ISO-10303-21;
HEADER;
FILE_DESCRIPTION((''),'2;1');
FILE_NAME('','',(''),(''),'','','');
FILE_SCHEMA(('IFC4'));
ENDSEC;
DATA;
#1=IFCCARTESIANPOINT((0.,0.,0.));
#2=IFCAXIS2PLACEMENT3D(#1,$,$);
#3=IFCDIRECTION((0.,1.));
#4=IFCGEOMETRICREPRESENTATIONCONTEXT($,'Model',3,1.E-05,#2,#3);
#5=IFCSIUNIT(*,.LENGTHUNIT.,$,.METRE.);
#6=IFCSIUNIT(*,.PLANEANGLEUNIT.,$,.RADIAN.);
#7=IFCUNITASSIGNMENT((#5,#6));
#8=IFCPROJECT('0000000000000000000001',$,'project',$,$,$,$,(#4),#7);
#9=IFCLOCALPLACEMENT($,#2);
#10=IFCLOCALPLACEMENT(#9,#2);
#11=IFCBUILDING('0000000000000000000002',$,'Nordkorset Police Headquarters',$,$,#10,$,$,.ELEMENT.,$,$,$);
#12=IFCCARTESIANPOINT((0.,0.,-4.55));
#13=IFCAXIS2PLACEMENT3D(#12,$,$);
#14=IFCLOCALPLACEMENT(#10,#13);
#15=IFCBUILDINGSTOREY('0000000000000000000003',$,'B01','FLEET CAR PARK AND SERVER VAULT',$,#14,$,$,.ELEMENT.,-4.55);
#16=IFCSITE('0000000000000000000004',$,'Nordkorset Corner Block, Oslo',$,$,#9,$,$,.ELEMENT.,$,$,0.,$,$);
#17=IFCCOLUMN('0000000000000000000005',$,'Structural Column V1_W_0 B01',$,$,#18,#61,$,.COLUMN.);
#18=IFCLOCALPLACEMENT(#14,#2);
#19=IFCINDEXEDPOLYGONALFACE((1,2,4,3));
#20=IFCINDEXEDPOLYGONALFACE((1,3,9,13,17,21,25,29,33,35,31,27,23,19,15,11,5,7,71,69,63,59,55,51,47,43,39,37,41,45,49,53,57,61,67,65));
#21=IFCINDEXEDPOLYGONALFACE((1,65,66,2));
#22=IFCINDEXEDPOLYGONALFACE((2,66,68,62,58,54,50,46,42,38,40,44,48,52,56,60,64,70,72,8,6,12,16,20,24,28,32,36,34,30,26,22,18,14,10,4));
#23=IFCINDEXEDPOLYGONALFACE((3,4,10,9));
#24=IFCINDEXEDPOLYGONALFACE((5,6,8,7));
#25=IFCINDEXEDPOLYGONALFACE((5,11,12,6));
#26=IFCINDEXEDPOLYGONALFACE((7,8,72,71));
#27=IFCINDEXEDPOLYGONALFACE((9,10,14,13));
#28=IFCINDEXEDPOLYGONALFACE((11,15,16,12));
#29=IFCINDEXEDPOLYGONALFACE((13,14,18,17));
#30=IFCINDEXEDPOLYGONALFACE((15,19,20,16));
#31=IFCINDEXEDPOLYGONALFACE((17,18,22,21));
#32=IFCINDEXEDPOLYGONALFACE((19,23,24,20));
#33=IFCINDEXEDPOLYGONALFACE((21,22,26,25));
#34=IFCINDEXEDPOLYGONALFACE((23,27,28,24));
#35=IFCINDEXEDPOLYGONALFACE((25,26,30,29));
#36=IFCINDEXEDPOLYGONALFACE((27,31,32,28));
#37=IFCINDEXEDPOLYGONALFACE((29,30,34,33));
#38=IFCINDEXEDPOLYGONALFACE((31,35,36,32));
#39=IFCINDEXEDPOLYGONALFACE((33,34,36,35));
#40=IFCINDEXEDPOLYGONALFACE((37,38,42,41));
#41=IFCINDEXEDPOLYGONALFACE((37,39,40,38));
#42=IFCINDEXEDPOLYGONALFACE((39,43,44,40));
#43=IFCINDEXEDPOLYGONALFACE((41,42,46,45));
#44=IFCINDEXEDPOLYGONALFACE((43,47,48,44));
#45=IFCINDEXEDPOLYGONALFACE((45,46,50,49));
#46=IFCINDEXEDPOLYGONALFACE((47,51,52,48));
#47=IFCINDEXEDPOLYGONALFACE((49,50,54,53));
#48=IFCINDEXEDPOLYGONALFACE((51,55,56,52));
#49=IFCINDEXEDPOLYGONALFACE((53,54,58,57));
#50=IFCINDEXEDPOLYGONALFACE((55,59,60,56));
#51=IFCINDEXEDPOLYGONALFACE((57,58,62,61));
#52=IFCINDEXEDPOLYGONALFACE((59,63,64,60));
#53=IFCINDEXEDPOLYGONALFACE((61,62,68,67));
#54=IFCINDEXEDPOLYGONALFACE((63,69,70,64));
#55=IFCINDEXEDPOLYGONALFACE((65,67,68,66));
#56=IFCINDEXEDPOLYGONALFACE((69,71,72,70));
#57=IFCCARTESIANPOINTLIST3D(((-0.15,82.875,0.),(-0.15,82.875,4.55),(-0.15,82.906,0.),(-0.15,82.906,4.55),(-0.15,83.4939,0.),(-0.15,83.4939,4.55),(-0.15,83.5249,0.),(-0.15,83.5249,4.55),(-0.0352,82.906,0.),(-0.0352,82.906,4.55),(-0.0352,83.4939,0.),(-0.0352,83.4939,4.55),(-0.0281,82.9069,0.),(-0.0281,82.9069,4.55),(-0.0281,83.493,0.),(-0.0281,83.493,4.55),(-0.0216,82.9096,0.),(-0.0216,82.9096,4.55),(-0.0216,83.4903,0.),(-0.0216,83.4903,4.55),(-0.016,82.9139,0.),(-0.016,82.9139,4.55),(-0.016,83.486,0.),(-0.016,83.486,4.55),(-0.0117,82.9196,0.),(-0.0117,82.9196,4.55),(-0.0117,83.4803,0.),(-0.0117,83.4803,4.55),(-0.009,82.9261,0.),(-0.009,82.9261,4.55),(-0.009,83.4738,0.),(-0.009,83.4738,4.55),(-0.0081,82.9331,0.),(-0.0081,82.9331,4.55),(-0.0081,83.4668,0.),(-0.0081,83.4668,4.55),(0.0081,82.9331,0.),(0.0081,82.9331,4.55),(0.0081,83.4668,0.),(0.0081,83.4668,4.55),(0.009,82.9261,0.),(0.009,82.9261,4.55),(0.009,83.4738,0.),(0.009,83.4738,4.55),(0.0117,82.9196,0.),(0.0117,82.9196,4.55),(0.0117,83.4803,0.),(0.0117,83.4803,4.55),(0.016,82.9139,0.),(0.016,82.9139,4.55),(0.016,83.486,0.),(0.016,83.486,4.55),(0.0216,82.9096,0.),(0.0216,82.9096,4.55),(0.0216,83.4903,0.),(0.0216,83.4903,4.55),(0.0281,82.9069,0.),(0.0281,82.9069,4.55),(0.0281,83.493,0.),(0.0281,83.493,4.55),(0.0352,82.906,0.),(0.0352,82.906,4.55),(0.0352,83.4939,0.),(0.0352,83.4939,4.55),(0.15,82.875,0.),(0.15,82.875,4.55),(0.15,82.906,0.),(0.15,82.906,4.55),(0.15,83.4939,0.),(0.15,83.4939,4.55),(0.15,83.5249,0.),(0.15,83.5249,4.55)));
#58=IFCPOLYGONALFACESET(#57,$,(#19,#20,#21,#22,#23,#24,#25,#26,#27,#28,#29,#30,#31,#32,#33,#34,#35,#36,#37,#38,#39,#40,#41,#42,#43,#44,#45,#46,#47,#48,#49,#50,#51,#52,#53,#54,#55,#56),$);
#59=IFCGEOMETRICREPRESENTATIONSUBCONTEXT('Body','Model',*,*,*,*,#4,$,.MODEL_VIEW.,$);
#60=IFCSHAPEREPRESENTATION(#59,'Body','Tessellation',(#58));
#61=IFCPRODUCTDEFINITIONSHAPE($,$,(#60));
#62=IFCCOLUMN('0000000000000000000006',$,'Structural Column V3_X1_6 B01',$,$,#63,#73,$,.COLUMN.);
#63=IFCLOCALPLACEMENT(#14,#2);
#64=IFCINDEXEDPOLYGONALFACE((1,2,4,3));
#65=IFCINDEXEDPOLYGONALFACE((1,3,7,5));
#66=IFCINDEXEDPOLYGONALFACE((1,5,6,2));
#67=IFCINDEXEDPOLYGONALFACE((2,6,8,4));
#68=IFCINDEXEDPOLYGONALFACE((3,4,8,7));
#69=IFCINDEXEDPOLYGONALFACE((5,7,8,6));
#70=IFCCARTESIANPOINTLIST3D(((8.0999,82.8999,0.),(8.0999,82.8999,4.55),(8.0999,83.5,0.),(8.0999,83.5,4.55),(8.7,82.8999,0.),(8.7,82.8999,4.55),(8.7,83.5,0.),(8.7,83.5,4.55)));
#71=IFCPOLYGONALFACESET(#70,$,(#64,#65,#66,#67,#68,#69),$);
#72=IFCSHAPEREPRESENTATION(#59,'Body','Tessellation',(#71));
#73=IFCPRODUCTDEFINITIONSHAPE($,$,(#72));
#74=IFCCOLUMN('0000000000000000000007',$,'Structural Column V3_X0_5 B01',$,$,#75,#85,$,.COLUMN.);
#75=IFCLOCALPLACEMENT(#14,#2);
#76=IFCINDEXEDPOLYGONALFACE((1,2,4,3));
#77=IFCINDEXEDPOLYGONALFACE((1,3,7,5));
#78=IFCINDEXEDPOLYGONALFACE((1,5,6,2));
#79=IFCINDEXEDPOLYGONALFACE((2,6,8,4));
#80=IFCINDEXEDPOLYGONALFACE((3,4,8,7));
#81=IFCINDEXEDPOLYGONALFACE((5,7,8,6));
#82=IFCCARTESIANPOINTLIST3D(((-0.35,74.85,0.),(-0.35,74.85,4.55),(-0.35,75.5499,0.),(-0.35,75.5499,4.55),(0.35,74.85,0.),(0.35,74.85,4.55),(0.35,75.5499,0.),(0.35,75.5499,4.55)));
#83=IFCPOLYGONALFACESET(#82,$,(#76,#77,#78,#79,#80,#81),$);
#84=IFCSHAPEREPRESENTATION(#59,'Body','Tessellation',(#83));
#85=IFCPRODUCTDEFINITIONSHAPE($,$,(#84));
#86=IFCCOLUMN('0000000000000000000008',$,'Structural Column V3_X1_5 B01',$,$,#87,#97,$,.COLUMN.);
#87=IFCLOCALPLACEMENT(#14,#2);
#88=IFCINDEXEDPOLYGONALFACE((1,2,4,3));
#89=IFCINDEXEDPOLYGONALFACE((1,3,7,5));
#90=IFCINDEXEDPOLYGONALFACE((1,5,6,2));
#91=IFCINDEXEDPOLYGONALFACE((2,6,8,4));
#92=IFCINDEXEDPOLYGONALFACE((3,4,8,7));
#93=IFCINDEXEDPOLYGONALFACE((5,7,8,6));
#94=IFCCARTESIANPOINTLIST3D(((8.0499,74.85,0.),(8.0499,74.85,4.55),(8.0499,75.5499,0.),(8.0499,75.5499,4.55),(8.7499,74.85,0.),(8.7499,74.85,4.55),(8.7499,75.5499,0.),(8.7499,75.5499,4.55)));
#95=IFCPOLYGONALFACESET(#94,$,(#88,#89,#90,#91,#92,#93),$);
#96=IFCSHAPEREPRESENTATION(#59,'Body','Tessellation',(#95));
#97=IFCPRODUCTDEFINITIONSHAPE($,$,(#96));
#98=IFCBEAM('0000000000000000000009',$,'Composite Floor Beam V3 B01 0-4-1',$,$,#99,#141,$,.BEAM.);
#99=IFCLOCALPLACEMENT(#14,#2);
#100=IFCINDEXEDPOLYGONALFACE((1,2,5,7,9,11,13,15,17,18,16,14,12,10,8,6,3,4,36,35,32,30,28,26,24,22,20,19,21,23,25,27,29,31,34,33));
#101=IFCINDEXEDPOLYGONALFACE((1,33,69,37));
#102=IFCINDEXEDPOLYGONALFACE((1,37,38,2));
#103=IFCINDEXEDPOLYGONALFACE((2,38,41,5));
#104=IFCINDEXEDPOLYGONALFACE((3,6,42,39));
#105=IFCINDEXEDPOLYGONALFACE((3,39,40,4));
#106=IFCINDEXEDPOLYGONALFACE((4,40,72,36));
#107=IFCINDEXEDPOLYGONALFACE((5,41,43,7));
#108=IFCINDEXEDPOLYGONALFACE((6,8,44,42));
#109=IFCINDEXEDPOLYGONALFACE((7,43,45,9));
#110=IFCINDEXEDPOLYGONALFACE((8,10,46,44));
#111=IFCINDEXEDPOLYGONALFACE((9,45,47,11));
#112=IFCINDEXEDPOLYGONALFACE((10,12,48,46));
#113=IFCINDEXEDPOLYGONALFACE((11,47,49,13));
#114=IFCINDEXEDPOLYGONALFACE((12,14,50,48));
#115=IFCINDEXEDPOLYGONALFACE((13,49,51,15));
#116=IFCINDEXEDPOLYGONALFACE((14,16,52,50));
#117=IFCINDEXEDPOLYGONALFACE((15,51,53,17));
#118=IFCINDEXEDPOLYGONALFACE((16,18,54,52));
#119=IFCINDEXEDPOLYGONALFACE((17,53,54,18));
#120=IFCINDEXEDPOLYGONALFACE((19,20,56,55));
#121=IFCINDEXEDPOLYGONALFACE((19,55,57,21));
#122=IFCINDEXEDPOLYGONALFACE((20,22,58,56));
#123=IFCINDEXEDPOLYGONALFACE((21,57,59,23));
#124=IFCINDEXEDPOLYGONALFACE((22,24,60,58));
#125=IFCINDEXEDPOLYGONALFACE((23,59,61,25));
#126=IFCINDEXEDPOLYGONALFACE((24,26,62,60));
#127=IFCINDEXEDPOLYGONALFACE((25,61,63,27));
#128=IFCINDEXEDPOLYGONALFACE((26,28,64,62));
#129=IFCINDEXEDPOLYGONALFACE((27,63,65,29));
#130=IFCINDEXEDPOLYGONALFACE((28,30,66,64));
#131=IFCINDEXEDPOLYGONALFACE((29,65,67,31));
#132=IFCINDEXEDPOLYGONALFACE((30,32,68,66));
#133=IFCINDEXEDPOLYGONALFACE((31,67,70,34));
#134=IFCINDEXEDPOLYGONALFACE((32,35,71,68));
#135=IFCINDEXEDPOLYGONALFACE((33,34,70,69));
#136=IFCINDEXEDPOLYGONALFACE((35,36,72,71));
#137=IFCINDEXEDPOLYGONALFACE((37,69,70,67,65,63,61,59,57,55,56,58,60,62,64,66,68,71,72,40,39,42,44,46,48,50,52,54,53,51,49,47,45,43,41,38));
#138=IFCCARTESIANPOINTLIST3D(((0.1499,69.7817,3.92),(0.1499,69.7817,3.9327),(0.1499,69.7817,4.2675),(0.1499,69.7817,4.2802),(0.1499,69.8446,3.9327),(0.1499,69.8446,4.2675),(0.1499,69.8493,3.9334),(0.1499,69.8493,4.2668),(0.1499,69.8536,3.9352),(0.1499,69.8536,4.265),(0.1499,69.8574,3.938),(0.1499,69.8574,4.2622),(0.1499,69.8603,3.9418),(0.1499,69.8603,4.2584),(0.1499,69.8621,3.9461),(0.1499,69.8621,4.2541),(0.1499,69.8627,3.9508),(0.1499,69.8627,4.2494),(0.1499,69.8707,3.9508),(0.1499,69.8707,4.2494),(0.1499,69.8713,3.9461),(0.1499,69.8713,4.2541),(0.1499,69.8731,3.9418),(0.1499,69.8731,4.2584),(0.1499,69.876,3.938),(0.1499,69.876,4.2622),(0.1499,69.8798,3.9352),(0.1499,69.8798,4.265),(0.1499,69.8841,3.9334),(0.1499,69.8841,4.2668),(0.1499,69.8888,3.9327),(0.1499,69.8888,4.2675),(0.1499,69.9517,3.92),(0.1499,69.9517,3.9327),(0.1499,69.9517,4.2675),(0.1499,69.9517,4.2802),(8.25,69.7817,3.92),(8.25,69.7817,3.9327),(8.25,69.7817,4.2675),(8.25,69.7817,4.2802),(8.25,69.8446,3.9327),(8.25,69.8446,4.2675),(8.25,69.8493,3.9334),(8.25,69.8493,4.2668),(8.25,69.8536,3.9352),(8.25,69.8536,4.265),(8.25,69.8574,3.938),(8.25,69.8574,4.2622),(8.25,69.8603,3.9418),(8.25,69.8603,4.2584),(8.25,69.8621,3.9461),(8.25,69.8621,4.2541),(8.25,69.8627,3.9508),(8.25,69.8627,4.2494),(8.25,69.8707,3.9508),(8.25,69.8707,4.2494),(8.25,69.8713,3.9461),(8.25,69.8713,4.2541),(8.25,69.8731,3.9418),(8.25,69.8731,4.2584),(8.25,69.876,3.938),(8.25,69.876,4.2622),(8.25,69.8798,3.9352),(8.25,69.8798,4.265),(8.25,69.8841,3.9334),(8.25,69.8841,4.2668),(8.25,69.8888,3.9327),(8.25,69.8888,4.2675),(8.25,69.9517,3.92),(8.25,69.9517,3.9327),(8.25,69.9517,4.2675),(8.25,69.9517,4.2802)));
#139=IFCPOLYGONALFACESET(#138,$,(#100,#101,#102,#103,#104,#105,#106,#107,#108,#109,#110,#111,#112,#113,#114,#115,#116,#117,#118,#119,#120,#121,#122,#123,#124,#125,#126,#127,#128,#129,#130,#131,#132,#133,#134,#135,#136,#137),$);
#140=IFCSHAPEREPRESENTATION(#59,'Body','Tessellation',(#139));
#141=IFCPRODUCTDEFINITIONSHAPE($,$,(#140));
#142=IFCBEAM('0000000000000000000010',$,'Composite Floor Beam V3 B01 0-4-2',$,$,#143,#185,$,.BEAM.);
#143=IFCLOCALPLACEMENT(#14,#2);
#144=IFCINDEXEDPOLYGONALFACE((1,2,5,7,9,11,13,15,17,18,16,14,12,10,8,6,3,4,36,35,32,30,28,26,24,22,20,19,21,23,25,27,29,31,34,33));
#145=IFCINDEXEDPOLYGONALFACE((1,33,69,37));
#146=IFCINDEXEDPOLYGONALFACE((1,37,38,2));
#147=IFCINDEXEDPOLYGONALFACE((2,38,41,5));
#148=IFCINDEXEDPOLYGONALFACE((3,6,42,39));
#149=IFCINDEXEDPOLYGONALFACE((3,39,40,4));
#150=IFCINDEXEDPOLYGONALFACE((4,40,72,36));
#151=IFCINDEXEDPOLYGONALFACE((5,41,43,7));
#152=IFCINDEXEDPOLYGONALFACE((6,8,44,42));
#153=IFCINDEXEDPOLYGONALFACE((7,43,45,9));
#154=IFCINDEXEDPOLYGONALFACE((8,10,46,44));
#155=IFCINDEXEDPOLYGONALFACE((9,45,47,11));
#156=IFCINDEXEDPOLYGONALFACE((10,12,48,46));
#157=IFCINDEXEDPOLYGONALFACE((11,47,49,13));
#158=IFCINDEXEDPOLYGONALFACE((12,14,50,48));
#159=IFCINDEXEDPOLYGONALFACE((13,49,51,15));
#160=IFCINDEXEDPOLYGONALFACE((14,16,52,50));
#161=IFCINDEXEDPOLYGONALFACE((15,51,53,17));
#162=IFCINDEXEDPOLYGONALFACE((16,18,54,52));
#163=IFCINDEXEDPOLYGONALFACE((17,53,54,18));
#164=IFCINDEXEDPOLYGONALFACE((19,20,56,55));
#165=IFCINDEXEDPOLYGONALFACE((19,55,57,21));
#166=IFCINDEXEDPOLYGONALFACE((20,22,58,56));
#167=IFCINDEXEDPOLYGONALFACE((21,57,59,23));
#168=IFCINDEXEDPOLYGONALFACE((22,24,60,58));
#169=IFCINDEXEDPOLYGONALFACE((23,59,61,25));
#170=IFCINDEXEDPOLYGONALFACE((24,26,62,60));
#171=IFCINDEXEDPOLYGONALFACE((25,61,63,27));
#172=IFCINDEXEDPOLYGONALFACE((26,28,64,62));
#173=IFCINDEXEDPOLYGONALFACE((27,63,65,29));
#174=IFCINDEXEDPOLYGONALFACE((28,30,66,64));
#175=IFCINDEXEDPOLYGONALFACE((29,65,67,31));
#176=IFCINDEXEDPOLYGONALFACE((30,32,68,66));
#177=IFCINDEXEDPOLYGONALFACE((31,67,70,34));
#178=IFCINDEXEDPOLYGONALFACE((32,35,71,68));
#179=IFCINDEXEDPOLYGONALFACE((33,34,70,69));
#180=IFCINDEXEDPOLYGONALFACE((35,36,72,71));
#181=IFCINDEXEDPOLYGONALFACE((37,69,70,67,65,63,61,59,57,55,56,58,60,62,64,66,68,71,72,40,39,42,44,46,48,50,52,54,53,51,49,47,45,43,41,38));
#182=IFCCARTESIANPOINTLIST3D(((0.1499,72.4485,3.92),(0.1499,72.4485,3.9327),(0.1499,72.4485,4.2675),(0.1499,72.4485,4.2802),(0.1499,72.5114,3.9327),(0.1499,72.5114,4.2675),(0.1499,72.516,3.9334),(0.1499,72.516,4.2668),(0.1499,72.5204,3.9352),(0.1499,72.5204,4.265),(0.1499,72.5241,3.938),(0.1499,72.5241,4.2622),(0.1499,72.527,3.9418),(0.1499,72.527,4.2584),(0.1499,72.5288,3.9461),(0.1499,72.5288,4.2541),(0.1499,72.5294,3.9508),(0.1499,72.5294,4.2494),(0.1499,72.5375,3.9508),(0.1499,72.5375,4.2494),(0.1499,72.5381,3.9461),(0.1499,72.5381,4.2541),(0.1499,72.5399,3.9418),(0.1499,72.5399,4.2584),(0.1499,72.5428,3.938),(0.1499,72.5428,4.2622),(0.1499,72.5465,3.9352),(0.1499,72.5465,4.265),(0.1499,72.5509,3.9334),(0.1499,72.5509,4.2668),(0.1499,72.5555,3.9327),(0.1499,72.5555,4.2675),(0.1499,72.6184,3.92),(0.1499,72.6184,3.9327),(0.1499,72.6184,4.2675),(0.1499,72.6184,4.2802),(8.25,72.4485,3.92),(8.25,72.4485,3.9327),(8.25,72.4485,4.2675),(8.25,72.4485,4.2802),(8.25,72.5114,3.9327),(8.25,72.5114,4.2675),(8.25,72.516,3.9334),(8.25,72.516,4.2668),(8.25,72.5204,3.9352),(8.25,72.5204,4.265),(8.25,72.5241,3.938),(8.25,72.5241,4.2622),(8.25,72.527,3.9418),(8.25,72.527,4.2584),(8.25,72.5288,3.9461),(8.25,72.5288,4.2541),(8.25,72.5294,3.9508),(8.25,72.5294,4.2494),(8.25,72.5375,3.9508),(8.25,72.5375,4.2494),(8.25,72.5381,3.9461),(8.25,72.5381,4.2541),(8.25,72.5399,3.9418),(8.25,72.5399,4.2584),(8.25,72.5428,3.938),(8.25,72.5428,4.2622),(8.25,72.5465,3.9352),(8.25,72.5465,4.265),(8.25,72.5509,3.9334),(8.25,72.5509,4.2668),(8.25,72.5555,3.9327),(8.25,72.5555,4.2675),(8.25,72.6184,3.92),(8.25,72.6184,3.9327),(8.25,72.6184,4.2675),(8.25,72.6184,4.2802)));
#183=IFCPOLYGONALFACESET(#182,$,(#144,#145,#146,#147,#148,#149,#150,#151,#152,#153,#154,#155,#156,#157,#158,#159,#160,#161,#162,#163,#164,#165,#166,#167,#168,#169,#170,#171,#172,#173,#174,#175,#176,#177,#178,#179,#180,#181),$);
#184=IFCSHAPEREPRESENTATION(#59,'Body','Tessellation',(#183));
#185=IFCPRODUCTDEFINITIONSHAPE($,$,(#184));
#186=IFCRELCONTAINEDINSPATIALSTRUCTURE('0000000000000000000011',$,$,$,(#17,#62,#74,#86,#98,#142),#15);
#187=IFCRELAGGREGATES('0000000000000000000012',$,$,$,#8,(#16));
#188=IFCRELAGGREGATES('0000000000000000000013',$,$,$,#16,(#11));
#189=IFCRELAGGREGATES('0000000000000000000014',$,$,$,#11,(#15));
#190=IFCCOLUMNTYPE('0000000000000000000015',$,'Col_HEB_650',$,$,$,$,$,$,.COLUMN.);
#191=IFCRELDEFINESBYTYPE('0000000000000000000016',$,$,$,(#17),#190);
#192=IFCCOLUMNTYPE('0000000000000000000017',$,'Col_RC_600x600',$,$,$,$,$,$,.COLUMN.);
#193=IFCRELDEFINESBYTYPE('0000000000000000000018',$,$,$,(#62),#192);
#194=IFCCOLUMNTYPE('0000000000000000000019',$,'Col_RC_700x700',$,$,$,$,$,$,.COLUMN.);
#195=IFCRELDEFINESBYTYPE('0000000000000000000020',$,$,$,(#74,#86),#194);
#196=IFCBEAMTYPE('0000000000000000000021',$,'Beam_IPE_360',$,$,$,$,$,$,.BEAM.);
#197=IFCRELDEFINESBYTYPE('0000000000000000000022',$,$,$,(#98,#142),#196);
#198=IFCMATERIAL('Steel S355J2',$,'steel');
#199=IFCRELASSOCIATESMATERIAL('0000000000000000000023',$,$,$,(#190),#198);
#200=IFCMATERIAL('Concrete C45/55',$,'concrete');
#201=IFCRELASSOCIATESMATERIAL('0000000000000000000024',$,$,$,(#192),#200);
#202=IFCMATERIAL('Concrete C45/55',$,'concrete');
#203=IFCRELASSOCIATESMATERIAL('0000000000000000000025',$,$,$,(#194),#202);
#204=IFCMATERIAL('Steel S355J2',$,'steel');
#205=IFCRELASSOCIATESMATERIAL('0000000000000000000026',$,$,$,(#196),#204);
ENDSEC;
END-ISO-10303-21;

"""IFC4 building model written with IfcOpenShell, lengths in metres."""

from ifc_helpers import new_model, si_unit, direction, frame, origin, origin_2d, place, context, subcontext, project, spatial, rectangle, i_section, extrude, material, material_profile, profile_set, type_object, element, save


model = new_model("IFC4")

# Units and contexts
model_context = context("Model", 3, precision=1e-05, world=origin(), true_north=direction((0.0, 1.0)))
body_context = subcontext(model_context, "Body", "Model", "MODEL_VIEW")
ifc_project = project(units=[si_unit("LENGTHUNIT", "METRE"), si_unit("PLANEANGLEUNIT", "RADIAN")], contexts=[model_context])

# Site, building, storey
site_placement = place(None, origin())
site = spatial("IfcSite", under=ifc_project, at=site_placement, Name="Nordkorset Corner Block, Oslo", CompositionType="ELEMENT", RefElevation=0.0)
building_placement = place(site_placement, origin())
building = spatial("IfcBuilding", under=site, at=building_placement, Name="Nordkorset Police Headquarters", CompositionType="ELEMENT")
storey_placement = place(building_placement, frame((0.0, 0.0, -4.55)))
storey = spatial("IfcBuildingStorey", under=building, at=storey_placement, Name="B01", Description="FLEET CAR PARK AND SERVER VAULT", CompositionType="ELEMENT", Elevation=-4.55)

# Columns
ifc_material_1 = material(Name="Steel S355J2", Category="steel")
ifc_material_profile_1 = material_profile(ifc_material_1, i_section(OverallWidth=0.3, OverallDepth=0.6499, WebThickness=0.0161, FlangeThickness=0.031, FilletRadius=0.0271, at=origin_2d()), Name="HEB 650")
ifc_profile_set_1 = profile_set([ifc_material_profile_1], Name="Steel S355J2")
column_type_1 = type_object("IfcColumnType", Name="Col_HEB_650", PredefinedType="COLUMN", material=ifc_profile_set_1)
column_1_placement = place(storey_placement, frame((0.0, 83.2, 0.0), z_axis=(0.0, 0.0, 1.0), x_axis=(1.0, 0.0, 0.0)))
element("IfcColumn", 1, at=column_1_placement, inside=storey, type_object=column_type_1, Name="Structural Column V1_W_0 B01", PredefinedType="COLUMN", context=body_context, shape_type="SweptSolid", body=[
    extrude(i_section(OverallWidth=0.3, OverallDepth=0.6499, WebThickness=0.0161, FlangeThickness=0.031, FilletRadius=0.0271, at=origin_2d()), origin(), (0.0, 0.0, 1.0), 4.55),
])
ifc_material_2 = material(Name="Concrete C45/55", Category="concrete")
ifc_material_profile_2 = material_profile(ifc_material_2, rectangle(XDim=0.6001, YDim=0.6001, at=origin_2d()), Name="RC 600x600")
ifc_profile_set_2 = profile_set([ifc_material_profile_2], Name="Concrete C45/55")
column_type_2 = type_object("IfcColumnType", Name="Col_RC_600x600", PredefinedType="COLUMN", material=ifc_profile_set_2)
column_2_placement = place(storey_placement, frame((8.3999, 83.2, 0.0), z_axis=(0.0, 0.0, 1.0), x_axis=(1.0, 0.0, 0.0)))
element("IfcColumn", 2, at=column_2_placement, inside=storey, type_object=column_type_2, Name="Structural Column V3_X1_6 B01", PredefinedType="COLUMN", context=body_context, shape_type="SweptSolid", body=[
    extrude(rectangle(XDim=0.6001, YDim=0.6001, at=origin_2d()), origin(), (0.0, 0.0, 1.0), 4.55),
])
ifc_material_3 = material(Name="Concrete C45/55", Category="concrete")
ifc_material_profile_3 = material_profile(ifc_material_3, rectangle(XDim=0.7, YDim=0.7, at=origin_2d()), Name="RC 700x700")
ifc_profile_set_3 = profile_set([ifc_material_profile_3], Name="Concrete C45/55")
column_type_3 = type_object("IfcColumnType", Name="Col_RC_700x700", PredefinedType="COLUMN", material=ifc_profile_set_3)
for number, where, z_axis, x_axis, name in (
    (3, (0.0, 75.2, 0.0), (0.0, 0.0, 1.0), (1.0, 0.0, 0.0), "Structural Column V3_X0_5 B01"),
    (4, (8.3999, 75.2, 0.0), (0.0, 0.0, 1.0), (1.0, 0.0, 0.0), "Structural Column V3_X1_5 B01"),
):
    element("IfcColumn", number, at=place(storey_placement, frame(where, z_axis=z_axis, x_axis=x_axis)), inside=storey, type_object=column_type_3, Name=name, PredefinedType="COLUMN", context=body_context, shape_type="SweptSolid", body=[
        extrude(rectangle(XDim=0.7, YDim=0.7, at=origin_2d()), origin(), (0.0, 0.0, 1.0), 4.55),
    ])

# Beams
ifc_material_4 = material(Name="Steel S355J2", Category="steel")
ifc_material_profile_4 = material_profile(ifc_material_4, i_section(OverallWidth=0.1699, OverallDepth=0.3601, WebThickness=0.0081, FlangeThickness=0.0127, FilletRadius=0.0181, at=origin_2d()), Name="IPE 360")
ifc_profile_set_4 = profile_set([ifc_material_profile_4], Name="Steel S355J2")
beam_type_1 = type_object("IfcBeamType", Name="Beam_IPE_360", PredefinedType="BEAM", material=ifc_profile_set_4)
for number, where, z_axis, x_axis, name in (
    (5, (0.1499, 69.8667, 4.1001), (1.0, 0.0, 0.0), (0.0, 1.0, 0.0), "Composite Floor Beam V3 B01 0-4-1"),
    (6, (0.1499, 72.5334, 4.1001), (1.0, 0.0, 0.0), (0.0, 1.0, 0.0), "Composite Floor Beam V3 B01 0-4-2"),
):
    element("IfcBeam", number, at=place(storey_placement, frame(where, z_axis=z_axis, x_axis=x_axis)), inside=storey, type_object=beam_type_1, Name=name, PredefinedType="BEAM", context=body_context, shape_type="SweptSolid", body=[
        extrude(i_section(OverallWidth=0.1699, OverallDepth=0.3601, WebThickness=0.0081, FlangeThickness=0.0127, FilletRadius=0.0181, at=origin_2d()), origin(), (0.0, 0.0, 1.0), 8.1001),
    ])

save(model, "model.ifc")
